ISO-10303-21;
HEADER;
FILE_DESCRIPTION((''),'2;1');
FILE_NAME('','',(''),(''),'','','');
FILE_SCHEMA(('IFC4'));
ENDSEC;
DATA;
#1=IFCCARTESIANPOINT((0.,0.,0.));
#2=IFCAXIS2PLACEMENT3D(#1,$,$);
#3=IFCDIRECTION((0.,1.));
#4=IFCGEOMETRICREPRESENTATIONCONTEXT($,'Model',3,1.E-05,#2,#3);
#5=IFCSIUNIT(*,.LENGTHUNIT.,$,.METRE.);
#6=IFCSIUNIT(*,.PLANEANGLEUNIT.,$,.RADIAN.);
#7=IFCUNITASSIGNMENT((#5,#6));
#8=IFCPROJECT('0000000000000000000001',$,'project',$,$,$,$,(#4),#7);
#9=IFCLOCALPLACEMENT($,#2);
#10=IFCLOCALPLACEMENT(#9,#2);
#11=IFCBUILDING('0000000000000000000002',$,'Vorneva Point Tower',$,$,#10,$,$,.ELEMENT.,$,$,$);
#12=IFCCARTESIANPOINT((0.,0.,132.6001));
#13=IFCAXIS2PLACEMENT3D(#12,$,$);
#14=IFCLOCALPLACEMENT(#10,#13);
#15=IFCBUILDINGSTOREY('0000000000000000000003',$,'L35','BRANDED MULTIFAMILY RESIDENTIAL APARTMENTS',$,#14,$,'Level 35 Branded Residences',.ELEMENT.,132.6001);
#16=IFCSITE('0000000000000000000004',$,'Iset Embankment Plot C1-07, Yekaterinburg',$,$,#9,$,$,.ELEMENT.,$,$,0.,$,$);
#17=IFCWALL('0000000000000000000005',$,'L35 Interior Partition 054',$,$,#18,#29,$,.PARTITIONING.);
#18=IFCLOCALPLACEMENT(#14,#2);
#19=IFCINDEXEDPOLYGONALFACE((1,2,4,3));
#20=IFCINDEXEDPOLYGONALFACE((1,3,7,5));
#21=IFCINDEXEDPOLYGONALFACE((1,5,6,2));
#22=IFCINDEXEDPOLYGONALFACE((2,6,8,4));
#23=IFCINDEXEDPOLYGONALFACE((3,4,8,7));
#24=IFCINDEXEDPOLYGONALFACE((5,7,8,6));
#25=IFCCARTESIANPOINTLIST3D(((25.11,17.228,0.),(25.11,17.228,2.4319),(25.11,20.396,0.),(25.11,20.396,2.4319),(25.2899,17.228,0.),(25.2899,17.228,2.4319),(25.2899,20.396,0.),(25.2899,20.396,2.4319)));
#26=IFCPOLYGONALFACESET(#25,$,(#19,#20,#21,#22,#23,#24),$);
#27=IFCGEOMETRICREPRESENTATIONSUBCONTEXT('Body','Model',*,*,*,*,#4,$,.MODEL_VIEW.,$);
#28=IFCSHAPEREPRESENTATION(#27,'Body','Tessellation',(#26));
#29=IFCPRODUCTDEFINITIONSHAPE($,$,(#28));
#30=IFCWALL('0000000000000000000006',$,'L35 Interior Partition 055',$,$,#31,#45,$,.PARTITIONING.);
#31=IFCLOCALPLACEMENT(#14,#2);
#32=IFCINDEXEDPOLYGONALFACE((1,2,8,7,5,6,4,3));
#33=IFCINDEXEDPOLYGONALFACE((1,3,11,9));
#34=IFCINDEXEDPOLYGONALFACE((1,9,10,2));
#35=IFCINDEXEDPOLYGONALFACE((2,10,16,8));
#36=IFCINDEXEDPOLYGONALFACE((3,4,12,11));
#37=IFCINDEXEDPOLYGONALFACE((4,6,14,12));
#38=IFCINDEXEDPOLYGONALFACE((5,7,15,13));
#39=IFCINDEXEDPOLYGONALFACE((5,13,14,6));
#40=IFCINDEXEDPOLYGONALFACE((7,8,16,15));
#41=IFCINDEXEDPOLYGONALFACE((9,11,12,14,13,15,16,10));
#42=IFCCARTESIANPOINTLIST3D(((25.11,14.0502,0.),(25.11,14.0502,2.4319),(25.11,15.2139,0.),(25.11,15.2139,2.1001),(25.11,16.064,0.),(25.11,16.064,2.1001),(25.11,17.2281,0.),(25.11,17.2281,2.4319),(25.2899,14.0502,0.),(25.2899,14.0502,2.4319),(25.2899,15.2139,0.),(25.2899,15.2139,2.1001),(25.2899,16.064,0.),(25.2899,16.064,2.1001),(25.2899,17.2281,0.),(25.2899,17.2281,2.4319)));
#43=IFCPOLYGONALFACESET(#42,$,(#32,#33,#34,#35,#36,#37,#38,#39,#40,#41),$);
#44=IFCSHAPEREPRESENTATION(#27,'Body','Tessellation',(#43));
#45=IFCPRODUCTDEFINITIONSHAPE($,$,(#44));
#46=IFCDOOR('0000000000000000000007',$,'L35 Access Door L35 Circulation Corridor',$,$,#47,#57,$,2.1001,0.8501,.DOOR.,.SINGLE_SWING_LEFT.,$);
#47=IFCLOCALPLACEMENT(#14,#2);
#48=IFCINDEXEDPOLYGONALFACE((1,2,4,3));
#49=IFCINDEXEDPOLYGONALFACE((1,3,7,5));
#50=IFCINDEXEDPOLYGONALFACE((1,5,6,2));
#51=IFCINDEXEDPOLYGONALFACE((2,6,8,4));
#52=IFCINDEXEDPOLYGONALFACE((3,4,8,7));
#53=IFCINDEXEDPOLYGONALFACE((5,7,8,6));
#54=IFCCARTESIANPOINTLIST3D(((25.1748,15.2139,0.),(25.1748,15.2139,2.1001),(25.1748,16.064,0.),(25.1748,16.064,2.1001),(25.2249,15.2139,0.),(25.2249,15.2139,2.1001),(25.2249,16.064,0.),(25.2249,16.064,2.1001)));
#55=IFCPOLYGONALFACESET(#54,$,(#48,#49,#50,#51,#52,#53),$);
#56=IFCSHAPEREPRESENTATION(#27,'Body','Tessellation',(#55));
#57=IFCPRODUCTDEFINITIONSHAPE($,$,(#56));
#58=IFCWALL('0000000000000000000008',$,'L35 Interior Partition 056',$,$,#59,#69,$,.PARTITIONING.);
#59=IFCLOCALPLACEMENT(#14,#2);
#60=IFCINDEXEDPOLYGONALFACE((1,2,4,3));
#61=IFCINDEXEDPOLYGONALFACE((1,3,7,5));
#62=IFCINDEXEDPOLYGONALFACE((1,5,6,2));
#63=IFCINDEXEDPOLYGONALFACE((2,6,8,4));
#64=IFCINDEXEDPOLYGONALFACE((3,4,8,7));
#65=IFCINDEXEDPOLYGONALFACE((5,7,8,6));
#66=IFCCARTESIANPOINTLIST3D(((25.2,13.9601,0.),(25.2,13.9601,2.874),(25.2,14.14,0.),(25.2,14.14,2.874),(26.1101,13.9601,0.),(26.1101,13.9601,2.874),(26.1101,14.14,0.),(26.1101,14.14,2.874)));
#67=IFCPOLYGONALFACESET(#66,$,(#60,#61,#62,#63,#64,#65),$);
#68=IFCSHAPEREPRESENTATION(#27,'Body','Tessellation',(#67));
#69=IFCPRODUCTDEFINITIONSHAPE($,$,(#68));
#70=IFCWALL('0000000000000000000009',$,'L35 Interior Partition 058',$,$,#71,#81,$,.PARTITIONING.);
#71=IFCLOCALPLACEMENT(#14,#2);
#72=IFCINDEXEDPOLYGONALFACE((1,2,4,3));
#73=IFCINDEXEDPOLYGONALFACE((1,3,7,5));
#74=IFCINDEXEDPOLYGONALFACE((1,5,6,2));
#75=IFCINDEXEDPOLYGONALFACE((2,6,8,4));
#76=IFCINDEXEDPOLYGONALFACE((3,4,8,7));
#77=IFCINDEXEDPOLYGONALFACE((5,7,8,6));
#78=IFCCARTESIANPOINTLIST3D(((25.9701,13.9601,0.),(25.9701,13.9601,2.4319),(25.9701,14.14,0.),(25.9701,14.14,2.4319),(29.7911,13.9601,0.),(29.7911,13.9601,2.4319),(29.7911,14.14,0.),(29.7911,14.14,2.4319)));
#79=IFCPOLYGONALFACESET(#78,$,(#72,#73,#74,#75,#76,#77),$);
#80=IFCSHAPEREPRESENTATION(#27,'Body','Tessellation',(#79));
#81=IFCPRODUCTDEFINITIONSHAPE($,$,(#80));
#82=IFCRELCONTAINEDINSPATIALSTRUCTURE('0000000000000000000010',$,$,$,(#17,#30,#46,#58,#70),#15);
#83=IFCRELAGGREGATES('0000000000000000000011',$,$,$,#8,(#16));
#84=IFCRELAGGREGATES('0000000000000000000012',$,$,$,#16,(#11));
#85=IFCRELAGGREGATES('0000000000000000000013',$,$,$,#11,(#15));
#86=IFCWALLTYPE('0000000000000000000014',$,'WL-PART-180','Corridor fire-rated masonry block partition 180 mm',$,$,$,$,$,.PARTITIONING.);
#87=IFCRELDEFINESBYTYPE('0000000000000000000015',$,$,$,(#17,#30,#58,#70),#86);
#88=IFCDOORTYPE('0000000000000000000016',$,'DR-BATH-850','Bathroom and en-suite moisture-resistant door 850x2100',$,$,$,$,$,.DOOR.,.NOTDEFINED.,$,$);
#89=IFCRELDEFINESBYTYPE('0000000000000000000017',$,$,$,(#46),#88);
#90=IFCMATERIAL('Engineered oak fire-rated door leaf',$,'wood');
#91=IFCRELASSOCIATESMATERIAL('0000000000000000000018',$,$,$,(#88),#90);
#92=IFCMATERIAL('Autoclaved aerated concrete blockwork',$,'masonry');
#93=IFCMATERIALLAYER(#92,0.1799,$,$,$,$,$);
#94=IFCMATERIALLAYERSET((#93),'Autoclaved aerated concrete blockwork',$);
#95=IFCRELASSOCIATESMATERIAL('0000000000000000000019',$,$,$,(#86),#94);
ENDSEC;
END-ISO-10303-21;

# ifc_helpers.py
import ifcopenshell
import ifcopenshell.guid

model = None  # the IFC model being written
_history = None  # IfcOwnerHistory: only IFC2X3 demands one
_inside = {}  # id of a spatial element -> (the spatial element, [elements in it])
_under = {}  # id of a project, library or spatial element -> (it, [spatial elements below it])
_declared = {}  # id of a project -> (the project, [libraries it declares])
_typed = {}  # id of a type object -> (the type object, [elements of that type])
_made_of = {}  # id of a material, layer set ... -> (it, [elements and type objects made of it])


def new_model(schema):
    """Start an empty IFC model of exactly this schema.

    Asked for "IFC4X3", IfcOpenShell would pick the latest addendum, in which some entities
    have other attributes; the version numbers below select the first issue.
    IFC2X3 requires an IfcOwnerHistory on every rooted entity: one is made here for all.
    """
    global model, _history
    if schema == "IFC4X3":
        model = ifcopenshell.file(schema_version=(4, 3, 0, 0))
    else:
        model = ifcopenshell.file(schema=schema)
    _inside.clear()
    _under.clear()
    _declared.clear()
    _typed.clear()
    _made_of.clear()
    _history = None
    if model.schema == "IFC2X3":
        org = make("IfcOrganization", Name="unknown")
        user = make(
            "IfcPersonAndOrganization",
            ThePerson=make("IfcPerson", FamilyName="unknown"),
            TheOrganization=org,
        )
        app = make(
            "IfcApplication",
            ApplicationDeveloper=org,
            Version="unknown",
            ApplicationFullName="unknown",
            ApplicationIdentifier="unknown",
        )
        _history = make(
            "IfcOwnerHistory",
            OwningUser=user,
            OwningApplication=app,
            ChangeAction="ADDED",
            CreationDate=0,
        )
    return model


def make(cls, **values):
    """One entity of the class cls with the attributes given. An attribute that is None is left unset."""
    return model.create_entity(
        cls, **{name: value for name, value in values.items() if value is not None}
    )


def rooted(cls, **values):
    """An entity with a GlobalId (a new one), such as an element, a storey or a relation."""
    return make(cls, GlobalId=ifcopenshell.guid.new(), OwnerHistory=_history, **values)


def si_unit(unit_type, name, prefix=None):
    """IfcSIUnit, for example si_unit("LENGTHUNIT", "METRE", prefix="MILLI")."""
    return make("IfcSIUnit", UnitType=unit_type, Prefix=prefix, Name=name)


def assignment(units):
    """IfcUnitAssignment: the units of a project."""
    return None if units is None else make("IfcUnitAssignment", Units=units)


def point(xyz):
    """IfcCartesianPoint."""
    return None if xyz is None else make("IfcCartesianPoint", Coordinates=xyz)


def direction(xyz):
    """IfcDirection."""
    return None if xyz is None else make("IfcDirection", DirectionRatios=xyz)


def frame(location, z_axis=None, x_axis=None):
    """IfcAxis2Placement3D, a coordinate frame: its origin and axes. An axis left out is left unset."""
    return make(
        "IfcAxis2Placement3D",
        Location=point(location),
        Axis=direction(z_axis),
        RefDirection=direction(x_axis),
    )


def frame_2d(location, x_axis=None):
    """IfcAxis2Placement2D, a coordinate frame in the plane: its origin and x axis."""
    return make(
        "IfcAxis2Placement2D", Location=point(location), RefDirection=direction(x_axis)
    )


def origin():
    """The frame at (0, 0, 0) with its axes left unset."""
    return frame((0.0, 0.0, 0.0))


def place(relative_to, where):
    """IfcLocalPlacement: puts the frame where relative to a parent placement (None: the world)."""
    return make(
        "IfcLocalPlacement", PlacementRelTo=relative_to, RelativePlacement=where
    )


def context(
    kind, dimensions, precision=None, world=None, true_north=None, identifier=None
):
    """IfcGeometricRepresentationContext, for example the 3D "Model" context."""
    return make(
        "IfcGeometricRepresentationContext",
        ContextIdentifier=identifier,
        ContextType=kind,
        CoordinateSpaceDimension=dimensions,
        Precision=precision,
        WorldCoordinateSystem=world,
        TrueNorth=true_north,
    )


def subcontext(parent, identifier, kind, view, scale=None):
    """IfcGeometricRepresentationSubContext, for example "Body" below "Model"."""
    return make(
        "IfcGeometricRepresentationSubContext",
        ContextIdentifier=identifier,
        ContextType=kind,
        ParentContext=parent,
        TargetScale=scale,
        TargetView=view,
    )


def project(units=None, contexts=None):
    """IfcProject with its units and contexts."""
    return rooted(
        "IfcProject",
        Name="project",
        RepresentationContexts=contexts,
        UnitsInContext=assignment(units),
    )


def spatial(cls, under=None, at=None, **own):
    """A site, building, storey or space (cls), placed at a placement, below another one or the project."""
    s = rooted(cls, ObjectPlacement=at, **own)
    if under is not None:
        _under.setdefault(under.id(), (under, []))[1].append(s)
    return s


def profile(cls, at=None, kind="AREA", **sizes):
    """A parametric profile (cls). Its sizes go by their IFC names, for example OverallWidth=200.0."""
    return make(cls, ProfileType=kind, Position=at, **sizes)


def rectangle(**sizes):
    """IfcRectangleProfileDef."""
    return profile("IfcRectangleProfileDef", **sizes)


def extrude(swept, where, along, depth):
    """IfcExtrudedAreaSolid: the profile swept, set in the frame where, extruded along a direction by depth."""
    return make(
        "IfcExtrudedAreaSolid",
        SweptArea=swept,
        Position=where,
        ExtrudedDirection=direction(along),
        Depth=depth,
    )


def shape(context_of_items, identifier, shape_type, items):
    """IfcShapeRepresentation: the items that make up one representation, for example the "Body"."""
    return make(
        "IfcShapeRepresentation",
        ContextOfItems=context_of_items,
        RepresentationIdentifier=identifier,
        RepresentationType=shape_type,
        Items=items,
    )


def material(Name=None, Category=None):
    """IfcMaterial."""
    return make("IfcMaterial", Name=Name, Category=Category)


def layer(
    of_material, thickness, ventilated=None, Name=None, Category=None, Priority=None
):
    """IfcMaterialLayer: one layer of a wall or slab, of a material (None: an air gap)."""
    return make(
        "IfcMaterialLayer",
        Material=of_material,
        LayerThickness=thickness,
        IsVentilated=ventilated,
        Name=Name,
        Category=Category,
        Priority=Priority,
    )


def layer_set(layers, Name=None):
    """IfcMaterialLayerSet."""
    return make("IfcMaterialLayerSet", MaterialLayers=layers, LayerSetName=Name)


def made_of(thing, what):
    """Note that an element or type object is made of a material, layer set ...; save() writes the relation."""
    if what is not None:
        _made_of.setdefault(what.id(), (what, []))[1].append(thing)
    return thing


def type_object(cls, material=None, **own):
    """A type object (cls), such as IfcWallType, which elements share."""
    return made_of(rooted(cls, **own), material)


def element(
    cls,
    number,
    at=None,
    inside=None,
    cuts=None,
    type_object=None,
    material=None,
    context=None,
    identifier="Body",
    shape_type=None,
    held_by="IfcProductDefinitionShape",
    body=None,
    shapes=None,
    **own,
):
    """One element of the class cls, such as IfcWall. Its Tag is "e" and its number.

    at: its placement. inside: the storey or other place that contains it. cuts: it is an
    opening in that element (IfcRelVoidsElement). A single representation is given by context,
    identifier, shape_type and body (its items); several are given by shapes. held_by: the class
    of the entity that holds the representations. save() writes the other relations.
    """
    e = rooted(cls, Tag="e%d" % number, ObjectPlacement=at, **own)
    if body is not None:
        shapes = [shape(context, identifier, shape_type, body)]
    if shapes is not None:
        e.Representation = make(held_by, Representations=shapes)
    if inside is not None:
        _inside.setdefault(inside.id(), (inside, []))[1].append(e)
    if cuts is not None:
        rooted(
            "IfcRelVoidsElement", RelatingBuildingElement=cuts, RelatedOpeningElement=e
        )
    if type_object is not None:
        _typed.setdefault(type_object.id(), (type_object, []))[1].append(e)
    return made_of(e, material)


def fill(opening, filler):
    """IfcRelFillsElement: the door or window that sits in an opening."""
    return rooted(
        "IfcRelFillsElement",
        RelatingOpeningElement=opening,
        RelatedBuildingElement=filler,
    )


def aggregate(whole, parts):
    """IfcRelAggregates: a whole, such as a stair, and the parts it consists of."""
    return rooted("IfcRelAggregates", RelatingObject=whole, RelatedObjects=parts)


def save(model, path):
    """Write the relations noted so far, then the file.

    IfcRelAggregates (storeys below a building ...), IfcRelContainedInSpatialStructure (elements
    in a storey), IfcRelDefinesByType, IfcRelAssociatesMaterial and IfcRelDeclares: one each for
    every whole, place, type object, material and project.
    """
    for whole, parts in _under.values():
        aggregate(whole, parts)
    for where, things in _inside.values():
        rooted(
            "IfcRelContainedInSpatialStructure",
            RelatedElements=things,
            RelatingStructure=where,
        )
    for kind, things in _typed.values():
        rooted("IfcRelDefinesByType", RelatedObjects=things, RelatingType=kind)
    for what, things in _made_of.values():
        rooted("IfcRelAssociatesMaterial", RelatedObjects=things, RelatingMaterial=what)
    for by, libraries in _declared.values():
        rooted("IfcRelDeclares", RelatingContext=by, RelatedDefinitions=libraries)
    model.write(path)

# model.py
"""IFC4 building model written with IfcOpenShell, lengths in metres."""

from ifc_helpers import new_model, si_unit, direction, frame, frame_2d, origin, place, context, subcontext, project, spatial, rectangle, extrude, material, layer, layer_set, type_object, element, fill, save


model = new_model("IFC4")

# Units and contexts
model_context = context("Model", 3, precision=1e-05, world=origin(), true_north=direction((0.0, 1.0)))
body_context = subcontext(model_context, "Body", "Model", "MODEL_VIEW")
ifc_project = project(units=[si_unit("LENGTHUNIT", "METRE"), si_unit("PLANEANGLEUNIT", "RADIAN")], contexts=[model_context])

# Site, building, storey
site_placement = place(None, origin())
site = spatial("IfcSite", under=ifc_project, at=site_placement, Name="Iset Embankment Plot C1-07, Yekaterinburg", CompositionType="ELEMENT", RefElevation=0.0)
building_placement = place(site_placement, origin())
building = spatial("IfcBuilding", under=site, at=building_placement, Name="Vorneva Point Tower", CompositionType="ELEMENT")
storey_placement = place(building_placement, frame((0.0, 0.0, 132.6001)))
storey = spatial("IfcBuildingStorey", under=building, at=storey_placement, Name="L35", Description="BRANDED MULTIFAMILY RESIDENTIAL APARTMENTS", LongName="Level 35 Branded Residences", CompositionType="ELEMENT", Elevation=132.6001)

# Shared definitions
ifc_material_1 = material(Name="Engineered oak fire-rated door leaf", Category="wood")
door_type = type_object("IfcDoorType", Name="DR-BATH-850", Description="Bathroom and en-suite moisture-resistant door 850x2100", OperationType="NOTDEFINED", PredefinedType="DOOR", material=ifc_material_1)

# Wall
ifc_material_2 = material(Name="Autoclaved aerated concrete blockwork", Category="masonry")
ifc_layer_1 = layer(ifc_material_2, 0.1799)
ifc_layer_set_1 = layer_set([ifc_layer_1], Name="Autoclaved aerated concrete blockwork")
wall_type_1 = type_object("IfcWallType", Name="WL-PART-180", Description="Corridor fire-rated masonry block partition 180 mm", PredefinedType="PARTITIONING", material=ifc_layer_set_1)
wall_1_placement = place(storey_placement, frame((25.2, 20.396, 0.0), z_axis=(0.0, 0.0, 1.0), x_axis=(0.0, -1.0, 0.0)))
element("IfcWall", 1, at=wall_1_placement, inside=storey, type_object=wall_type_1, Name="L35 Interior Partition 054", PredefinedType="PARTITIONING", context=body_context, shape_type="SweptSolid", body=[
    extrude(rectangle(XDim=3.168, YDim=0.1799, at=frame_2d((1.584, 0.0))), origin(), (0.0, 0.0, 1.0), 2.4319),
])

# Wall, opening, door
wall_2_placement = place(storey_placement, frame((25.2, 17.228, 0.0), z_axis=(0.0, 0.0, 1.0), x_axis=(0.0, -1.0, 0.0)))
wall_2 = element("IfcWall", 2, at=wall_2_placement, inside=storey, type_object=wall_type_1, Name="L35 Interior Partition 055", PredefinedType="PARTITIONING", context=body_context, shape_type="SweptSolid", body=[
    extrude(rectangle(XDim=3.178, YDim=0.1799, at=frame_2d((1.5889, 0.0))), origin(), (0.0, 0.0, 1.0), 2.4319),
])
opening_1_placement = place(wall_2_placement, frame((1.1641, 0.0, 0.0)))
opening_1 = element("IfcOpeningElement", 3, at=opening_1_placement, cuts=wall_2, PredefinedType="OPENING", context=body_context, shape_type="SweptSolid", body=[
    extrude(rectangle(XDim=0.8501, YDim=2.1001, at=frame_2d((0.425, 1.05))), frame((0.0, 0.105, 0.0), z_axis=(0.0, -1.0, 0.0), x_axis=(1.0, 0.0, 0.0)), (0.0, 0.0, 1.0), 0.2097),
])
door_1_placement = place(opening_1_placement, origin())
door_1 = element("IfcDoor", 4, at=door_1_placement, inside=storey, type_object=door_type, Name="L35 Access Door L35 Circulation Corridor", OperationType="SINGLE_SWING_LEFT", OverallHeight=2.1001, OverallWidth=0.8501, PredefinedType="DOOR", context=body_context, shape_type="SweptSolid", body=[
    extrude(rectangle(XDim=0.8501, YDim=2.1001, at=frame_2d((0.425, 1.05))), frame((0.0, 0.0249, 0.0), z_axis=(0.0, -1.0, 0.0), x_axis=(1.0, 0.0, 0.0)), (0.0, 0.0, 1.0), 0.05),
])
fill(opening_1, door_1)

# Walls
wall_3_placement = place(storey_placement, frame((25.2, 14.05, 0.0), z_axis=(0.0, 0.0, 1.0), x_axis=(1.0, 0.0, 0.0)))
element("IfcWall", 5, at=wall_3_placement, inside=storey, type_object=wall_type_1, Name="L35 Interior Partition 056", PredefinedType="PARTITIONING", context=body_context, shape_type="SweptSolid", body=[
    extrude(rectangle(XDim=0.9102, YDim=0.1799, at=frame_2d((0.4551, 0.0))), origin(), (0.0, 0.0, 1.0), 2.874),
])
wall_4_placement = place(storey_placement, frame((25.97, 14.05, 0.0), z_axis=(0.0, 0.0, 1.0), x_axis=(1.0, 0.0, 0.0)))
element("IfcWall", 6, at=wall_4_placement, inside=storey, type_object=wall_type_1, Name="L35 Interior Partition 058", PredefinedType="PARTITIONING", context=body_context, shape_type="SweptSolid", body=[
    extrude(rectangle(XDim=3.821, YDim=0.1799, at=frame_2d((1.9106, 0.0))), origin(), (0.0, 0.0, 1.0), 2.4319),
])

save(model, "model.ifc")
